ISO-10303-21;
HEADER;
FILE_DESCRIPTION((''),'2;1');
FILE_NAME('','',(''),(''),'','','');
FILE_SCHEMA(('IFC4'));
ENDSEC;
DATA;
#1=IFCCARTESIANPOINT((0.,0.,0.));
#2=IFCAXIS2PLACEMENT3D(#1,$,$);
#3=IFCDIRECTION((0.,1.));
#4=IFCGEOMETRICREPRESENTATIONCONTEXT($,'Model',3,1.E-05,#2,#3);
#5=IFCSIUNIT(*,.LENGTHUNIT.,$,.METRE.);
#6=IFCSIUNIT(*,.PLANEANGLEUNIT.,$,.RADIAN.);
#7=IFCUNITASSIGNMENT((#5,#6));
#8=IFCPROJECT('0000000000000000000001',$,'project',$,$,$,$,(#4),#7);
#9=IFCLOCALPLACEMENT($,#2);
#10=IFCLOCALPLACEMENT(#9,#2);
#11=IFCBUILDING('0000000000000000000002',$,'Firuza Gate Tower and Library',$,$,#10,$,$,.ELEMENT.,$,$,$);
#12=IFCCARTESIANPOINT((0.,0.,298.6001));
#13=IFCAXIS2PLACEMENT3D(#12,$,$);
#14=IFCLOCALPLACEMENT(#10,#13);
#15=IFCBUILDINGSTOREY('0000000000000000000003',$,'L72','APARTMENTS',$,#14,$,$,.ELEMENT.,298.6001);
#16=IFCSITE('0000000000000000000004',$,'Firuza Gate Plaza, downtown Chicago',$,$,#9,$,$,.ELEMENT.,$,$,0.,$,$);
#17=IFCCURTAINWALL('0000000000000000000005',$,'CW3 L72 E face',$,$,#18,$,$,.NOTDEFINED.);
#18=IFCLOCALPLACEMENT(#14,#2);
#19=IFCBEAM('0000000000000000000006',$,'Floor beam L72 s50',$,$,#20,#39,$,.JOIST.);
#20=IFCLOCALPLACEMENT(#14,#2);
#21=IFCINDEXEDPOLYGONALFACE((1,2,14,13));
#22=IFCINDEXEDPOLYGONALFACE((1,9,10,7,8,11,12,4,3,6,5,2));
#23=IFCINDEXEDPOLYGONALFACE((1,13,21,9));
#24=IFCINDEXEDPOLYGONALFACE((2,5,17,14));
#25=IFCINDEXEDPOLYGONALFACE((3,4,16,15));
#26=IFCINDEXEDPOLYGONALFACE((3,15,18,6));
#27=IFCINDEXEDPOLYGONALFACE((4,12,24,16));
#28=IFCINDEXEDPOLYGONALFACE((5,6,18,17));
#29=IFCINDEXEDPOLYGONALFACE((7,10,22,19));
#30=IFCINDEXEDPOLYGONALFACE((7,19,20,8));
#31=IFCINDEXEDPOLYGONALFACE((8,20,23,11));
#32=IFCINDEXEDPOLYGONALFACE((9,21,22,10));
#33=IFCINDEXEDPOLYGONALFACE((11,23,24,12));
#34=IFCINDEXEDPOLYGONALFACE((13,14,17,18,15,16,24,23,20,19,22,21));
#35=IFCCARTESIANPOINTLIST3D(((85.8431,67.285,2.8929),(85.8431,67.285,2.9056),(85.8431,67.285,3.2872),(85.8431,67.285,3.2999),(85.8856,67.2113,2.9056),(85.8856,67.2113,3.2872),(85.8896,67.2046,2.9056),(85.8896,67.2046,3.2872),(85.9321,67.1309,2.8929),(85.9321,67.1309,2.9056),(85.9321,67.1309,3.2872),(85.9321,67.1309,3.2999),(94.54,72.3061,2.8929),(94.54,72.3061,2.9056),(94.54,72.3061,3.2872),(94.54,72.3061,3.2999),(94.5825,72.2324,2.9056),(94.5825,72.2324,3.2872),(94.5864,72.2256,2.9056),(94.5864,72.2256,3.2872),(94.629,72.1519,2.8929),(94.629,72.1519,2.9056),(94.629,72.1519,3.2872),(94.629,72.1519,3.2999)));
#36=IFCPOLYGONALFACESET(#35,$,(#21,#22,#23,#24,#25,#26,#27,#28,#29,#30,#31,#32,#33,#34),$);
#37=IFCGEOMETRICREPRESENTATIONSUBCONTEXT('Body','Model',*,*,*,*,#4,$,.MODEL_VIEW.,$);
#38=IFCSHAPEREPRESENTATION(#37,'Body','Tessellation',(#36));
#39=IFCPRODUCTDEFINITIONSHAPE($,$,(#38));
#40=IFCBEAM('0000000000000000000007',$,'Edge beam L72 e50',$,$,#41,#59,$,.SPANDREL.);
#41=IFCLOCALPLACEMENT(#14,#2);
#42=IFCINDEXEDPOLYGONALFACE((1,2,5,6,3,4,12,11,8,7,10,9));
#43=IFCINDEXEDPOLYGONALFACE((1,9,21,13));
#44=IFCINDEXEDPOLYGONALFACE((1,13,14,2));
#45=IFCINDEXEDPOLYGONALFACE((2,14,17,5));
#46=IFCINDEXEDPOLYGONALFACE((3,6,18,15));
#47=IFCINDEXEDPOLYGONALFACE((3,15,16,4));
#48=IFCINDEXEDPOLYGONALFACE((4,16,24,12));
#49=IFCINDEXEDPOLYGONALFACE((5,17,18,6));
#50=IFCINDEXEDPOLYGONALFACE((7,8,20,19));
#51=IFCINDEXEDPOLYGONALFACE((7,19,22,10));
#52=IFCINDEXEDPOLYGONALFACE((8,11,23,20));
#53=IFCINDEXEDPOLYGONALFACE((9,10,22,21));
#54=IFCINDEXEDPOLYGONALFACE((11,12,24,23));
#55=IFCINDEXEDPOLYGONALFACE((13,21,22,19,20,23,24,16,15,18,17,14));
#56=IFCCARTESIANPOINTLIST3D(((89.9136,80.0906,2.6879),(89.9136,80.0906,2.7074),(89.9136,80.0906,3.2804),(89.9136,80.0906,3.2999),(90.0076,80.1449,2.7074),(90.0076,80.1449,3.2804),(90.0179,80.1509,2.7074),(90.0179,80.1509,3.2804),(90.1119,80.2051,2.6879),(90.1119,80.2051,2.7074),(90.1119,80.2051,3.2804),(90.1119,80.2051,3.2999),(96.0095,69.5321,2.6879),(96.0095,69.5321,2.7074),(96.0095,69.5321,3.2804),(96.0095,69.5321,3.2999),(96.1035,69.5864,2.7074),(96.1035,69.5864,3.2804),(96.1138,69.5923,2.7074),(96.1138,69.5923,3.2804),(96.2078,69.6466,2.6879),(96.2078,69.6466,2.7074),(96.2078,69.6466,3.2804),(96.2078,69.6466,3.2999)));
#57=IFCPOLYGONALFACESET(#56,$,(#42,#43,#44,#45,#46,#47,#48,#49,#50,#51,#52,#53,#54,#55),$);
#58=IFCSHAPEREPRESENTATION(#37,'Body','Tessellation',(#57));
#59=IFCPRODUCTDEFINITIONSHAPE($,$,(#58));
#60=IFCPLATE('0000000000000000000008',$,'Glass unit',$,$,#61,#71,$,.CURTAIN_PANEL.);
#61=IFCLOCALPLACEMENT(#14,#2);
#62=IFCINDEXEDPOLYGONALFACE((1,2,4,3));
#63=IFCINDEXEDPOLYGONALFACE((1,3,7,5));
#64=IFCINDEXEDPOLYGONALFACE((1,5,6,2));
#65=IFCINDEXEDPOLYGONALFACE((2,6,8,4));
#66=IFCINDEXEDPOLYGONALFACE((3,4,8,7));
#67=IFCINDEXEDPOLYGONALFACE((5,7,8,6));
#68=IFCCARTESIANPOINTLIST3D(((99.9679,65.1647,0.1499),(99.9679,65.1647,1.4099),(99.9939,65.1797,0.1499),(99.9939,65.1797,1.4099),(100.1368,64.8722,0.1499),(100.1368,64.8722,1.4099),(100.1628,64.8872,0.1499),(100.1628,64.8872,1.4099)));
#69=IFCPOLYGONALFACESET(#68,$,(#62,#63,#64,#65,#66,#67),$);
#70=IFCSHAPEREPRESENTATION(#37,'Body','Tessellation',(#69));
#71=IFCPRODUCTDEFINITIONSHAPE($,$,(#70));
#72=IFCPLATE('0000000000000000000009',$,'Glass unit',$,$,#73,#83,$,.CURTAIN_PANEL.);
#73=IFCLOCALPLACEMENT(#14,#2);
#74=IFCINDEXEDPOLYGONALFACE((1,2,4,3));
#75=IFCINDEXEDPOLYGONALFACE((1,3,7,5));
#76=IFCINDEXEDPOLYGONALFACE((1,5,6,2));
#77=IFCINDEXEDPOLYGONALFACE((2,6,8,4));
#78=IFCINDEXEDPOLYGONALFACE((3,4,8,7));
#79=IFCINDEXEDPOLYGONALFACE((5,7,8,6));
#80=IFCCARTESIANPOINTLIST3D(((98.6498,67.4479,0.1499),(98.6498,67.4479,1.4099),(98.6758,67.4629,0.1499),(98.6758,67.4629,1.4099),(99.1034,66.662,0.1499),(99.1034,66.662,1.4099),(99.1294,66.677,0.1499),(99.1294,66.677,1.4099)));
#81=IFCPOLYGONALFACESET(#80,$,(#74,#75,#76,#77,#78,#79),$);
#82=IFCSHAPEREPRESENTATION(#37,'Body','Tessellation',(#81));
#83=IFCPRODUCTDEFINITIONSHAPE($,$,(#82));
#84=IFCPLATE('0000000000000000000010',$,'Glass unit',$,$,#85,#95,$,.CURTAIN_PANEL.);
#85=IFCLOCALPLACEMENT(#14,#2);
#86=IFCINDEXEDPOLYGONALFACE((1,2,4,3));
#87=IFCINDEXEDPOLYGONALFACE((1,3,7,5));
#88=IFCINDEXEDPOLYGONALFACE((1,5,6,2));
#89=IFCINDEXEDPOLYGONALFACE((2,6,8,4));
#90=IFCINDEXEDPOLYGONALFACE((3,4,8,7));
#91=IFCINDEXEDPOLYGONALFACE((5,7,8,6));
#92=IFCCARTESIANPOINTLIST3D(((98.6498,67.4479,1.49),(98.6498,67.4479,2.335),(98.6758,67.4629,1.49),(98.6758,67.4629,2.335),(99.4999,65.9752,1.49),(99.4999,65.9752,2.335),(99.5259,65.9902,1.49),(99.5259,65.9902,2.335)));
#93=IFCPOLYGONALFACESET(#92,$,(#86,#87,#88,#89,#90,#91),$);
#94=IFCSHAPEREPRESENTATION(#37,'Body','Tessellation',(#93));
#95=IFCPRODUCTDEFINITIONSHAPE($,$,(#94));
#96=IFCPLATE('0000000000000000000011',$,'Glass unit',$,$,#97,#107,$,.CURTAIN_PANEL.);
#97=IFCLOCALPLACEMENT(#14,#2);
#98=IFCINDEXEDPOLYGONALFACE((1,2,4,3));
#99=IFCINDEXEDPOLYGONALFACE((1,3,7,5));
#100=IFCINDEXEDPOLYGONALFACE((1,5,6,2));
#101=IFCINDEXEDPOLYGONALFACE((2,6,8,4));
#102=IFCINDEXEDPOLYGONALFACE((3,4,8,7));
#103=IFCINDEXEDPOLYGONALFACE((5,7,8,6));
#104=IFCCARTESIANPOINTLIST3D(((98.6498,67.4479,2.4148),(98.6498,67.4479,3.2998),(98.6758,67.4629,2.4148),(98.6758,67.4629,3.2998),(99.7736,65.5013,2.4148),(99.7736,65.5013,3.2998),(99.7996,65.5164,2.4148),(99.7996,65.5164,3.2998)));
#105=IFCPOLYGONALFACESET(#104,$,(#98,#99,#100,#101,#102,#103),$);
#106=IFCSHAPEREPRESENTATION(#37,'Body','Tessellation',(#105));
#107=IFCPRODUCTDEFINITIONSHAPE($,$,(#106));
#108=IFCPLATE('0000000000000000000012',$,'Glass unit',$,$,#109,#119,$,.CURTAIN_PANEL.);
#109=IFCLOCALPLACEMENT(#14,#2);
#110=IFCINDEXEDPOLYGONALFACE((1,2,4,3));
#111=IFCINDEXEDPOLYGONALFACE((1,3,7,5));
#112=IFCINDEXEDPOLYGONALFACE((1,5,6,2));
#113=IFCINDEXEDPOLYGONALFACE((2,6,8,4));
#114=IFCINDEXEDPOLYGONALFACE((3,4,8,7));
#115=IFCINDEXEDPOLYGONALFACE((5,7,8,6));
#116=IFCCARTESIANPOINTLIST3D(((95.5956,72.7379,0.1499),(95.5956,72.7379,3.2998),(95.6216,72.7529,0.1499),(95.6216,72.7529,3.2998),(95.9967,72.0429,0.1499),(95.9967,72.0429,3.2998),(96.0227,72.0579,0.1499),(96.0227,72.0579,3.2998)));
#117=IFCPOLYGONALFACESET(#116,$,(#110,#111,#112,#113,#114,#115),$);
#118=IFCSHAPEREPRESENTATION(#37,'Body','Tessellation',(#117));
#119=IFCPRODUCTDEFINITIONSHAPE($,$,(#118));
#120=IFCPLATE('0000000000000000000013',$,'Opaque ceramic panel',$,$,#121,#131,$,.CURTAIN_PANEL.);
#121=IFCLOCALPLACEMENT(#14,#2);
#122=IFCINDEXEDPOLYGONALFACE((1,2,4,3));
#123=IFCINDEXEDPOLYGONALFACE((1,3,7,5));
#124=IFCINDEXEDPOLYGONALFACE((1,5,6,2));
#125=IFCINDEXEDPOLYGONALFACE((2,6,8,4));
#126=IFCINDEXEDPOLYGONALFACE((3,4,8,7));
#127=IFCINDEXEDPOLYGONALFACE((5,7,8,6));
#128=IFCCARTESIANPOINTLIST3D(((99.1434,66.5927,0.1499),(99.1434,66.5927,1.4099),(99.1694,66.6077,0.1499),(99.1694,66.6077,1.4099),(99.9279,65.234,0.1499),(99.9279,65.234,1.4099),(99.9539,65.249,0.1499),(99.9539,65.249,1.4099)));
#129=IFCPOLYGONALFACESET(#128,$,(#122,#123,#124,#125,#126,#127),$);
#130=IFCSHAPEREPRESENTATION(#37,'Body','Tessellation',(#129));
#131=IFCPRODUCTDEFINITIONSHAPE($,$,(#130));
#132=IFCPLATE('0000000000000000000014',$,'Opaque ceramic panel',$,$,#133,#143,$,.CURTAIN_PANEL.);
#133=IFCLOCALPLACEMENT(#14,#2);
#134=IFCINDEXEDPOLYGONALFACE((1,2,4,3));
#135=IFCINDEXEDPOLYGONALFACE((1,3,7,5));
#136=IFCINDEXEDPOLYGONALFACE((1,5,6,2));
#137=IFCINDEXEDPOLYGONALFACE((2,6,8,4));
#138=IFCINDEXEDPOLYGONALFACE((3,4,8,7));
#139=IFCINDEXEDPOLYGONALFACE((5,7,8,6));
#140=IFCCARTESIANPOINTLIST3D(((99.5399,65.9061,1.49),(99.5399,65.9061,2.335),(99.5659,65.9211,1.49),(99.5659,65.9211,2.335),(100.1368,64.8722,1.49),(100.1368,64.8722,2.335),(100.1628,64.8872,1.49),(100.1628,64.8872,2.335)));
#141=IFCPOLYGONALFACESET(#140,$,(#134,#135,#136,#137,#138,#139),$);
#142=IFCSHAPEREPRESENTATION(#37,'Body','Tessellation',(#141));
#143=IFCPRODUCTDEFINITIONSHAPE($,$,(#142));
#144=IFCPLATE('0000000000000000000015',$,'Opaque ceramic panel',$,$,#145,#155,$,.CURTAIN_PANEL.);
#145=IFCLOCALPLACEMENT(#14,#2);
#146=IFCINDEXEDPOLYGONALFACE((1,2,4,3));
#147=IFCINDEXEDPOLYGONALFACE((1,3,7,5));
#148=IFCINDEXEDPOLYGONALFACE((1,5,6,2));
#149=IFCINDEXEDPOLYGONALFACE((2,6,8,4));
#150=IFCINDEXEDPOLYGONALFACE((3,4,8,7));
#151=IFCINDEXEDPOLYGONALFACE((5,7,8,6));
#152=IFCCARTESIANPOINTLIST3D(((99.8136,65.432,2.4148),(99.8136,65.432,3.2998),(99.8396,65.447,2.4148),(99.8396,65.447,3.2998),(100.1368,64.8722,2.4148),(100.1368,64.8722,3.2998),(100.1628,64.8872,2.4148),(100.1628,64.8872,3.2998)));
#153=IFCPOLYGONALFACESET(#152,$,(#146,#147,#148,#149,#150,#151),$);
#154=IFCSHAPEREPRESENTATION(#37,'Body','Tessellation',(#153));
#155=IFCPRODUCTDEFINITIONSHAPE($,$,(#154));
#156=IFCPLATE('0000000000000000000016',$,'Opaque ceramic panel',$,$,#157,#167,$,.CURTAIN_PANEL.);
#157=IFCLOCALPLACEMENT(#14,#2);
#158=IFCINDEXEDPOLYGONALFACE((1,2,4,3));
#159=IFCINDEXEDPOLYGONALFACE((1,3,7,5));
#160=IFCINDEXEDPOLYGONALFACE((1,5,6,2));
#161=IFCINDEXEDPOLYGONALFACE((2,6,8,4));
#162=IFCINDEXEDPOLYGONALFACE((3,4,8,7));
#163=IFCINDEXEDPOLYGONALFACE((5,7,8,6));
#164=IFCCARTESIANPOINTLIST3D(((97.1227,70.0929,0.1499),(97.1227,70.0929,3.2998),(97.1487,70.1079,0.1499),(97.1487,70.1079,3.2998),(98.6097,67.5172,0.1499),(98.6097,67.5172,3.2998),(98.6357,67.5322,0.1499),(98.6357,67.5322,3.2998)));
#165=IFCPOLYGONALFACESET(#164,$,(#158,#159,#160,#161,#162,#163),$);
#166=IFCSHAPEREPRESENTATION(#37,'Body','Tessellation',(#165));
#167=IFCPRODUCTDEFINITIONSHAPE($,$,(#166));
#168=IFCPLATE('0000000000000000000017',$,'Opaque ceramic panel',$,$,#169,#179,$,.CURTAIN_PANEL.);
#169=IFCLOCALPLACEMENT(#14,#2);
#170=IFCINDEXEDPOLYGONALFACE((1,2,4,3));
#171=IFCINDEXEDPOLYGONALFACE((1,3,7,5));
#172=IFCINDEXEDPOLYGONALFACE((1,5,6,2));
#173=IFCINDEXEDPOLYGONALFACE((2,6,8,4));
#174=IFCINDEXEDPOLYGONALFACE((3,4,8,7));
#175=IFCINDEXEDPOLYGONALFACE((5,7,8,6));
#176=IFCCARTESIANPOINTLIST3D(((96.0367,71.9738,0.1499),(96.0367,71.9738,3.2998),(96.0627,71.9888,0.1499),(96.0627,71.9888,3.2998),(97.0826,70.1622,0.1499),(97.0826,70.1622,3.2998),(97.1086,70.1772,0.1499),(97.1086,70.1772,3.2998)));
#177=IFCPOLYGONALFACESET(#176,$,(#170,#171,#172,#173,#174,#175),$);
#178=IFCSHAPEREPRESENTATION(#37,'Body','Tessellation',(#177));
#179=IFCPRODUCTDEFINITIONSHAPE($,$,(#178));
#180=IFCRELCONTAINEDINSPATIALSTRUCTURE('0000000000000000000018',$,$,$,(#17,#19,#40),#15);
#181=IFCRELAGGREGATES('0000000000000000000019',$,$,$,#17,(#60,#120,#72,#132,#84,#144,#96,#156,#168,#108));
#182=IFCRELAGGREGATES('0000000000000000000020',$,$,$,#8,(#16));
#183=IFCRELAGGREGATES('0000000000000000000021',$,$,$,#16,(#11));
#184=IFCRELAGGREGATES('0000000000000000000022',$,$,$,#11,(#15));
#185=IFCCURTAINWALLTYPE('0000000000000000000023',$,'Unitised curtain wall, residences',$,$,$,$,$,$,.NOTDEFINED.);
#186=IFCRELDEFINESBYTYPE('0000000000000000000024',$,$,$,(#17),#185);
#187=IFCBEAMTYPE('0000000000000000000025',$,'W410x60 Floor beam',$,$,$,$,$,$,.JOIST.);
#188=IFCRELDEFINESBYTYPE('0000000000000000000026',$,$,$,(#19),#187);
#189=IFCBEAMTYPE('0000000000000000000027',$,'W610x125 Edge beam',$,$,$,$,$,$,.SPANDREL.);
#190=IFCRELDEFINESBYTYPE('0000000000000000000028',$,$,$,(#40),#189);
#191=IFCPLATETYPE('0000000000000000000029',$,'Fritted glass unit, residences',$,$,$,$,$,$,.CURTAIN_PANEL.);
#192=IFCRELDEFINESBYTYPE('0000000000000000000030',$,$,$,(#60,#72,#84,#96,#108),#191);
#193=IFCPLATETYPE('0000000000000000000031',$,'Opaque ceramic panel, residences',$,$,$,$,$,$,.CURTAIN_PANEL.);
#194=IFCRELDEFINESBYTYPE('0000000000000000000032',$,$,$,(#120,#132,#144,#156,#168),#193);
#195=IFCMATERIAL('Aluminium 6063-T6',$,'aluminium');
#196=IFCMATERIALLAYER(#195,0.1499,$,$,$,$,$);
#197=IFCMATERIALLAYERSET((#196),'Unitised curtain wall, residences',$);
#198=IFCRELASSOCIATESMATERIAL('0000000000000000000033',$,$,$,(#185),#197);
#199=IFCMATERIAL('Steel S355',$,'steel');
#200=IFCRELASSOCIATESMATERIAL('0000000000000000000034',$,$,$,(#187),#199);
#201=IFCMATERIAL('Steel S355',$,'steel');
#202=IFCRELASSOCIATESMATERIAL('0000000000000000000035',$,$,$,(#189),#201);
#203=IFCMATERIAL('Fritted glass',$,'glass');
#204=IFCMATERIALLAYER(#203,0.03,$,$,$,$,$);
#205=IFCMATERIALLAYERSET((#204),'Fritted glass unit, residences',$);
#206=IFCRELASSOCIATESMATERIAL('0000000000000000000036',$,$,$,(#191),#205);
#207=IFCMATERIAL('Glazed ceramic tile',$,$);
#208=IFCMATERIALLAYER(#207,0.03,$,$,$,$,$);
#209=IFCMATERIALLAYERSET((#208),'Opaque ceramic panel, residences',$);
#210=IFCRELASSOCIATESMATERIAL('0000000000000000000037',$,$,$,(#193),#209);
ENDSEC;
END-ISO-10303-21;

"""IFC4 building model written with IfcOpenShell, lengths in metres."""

from ifc_helpers import new_model, si_unit, direction, frame, origin, origin_2d, place, context, subcontext, project, spatial, polyline, i_section, outline, extrude, material, layer, layer_set, material_profile, profile_set, type_object, element, aggregate, save


model = new_model("IFC4")

# Units and contexts
model_context = context("Model", 3, precision=1e-05, world=origin(), true_north=direction((0.0, 1.0)))
body_context = subcontext(model_context, "Body", "Model", "MODEL_VIEW")
ifc_project = project(units=[si_unit("LENGTHUNIT", "METRE"), si_unit("PLANEANGLEUNIT", "RADIAN")], contexts=[model_context])

# Site, building, storey
site_placement = place(None, origin())
site = spatial("IfcSite", under=ifc_project, at=site_placement, Name="Firuza Gate Plaza, downtown Chicago", CompositionType="ELEMENT", RefElevation=0.0)
building_placement = place(site_placement, origin())
building = spatial("IfcBuilding", under=site, at=building_placement, Name="Firuza Gate Tower and Library", CompositionType="ELEMENT")
storey_placement = place(building_placement, frame((0.0, 0.0, 298.6001)))
storey = spatial("IfcBuildingStorey", under=building, at=storey_placement, Name="L72", Description="APARTMENTS", CompositionType="ELEMENT", Elevation=298.6001)

# Curtain wall
ifc_material_1 = material(Name="Aluminium 6063-T6", Category="aluminium")
ifc_layer_1 = layer(ifc_material_1, 0.1499)
ifc_layer_set_1 = layer_set([ifc_layer_1], Name="Unitised curtain wall, residences")
curtain_wall_type = type_object("IfcCurtainWallType", Name="Unitised curtain wall, residences", PredefinedType="NOTDEFINED", material=ifc_layer_set_1)
curtain_wall_placement = place(storey_placement, origin())
curtain_wall = element("IfcCurtainWall", 1, at=curtain_wall_placement, inside=storey, type_object=curtain_wall_type, Name="CW3 L72 E face", PredefinedType="NOTDEFINED")

# Beams
ifc_material_2 = material(Name="Steel S355", Category="steel")
ifc_material_profile_1 = material_profile(ifc_material_2, i_section(OverallWidth=0.178, OverallDepth=0.407, WebThickness=0.0078, FlangeThickness=0.0127, at=origin_2d()))
ifc_profile_set_1 = profile_set([ifc_material_profile_1], Name="Steel S355")
beam_type_1 = type_object("IfcBeamType", Name="W410x60 Floor beam", PredefinedType="JOIST", material=ifc_profile_set_1)
beam_1_placement = place(storey_placement, frame((94.5845, 72.229, 3.0964), z_axis=(-0.866029, -0.499993, 0.0), x_axis=(0.499993, -0.866029, 0.0)))
element("IfcBeam", 2, at=beam_1_placement, inside=storey, type_object=beam_type_1, Name="Floor beam L72 s50", PredefinedType="JOIST", context=body_context, shape_type="SweptSolid", body=[
    extrude(i_section(OverallWidth=0.178, OverallDepth=0.407, WebThickness=0.0078, FlangeThickness=0.0127, at=origin_2d()), origin(), (0.0, 0.0, 1.0), 10.0422),
])
ifc_material_3 = material(Name="Steel S355", Category="steel")
ifc_material_profile_2 = material_profile(ifc_material_3, i_section(OverallWidth=0.229, OverallDepth=0.6121, WebThickness=0.012, FlangeThickness=0.0195, at=origin_2d()))
ifc_profile_set_2 = profile_set([ifc_material_profile_2], Name="Steel S355")
beam_type_2 = type_object("IfcBeamType", Name="W610x125 Edge beam", PredefinedType="SPANDREL", material=ifc_profile_set_2)
beam_2_placement = place(storey_placement, frame((96.1086, 69.5894, 2.9939), z_axis=(-0.499996, 0.866028, 0.0), x_axis=(-0.866028, -0.499996, 0.0)))
element("IfcBeam", 3, at=beam_2_placement, inside=storey, type_object=beam_type_2, Name="Edge beam L72 e50", PredefinedType="SPANDREL", context=body_context, shape_type="SweptSolid", body=[
    extrude(i_section(OverallWidth=0.229, OverallDepth=0.6121, WebThickness=0.012, FlangeThickness=0.0195, at=origin_2d()), origin(), (0.0, 0.0, 1.0), 12.1919),
])

# Plates
ifc_material_4 = material(Name="Fritted glass", Category="glass")
ifc_layer_2 = layer(ifc_material_4, 0.03)
ifc_layer_set_2 = layer_set([ifc_layer_2], Name="Fritted glass unit, residences")
plate_type_1 = type_object("IfcPlateType", Name="Fritted glass unit, residences", PredefinedType="CURTAIN_PANEL", material=ifc_layer_set_2)
plate_1_placement = place(storey_placement, frame((100.1628, 64.8872, 0.1499), z_axis=(0.865921, 0.500181, 0.0), x_axis=(-0.500181, 0.865921, 0.0)))
plate_1 = element("IfcPlate", 4, at=plate_1_placement, type_object=plate_type_1, Name="Glass unit", PredefinedType="CURTAIN_PANEL", context=body_context, shape_type="SweptSolid", body=[
    extrude(outline(polyline([(0.0, 0.0), (0.3378, 0.0), (0.3378, 1.26), (0.0, 1.26), (0.0, 0.0)])), origin(), (0.0, 0.0, -1.0), 0.03),
])
plate_2_placement = place(storey_placement, frame((99.1294, 66.677, 0.1499), z_axis=(0.866083, 0.499901, 0.0), x_axis=(-0.499901, 0.866083, 0.0)))
plate_2 = element("IfcPlate", 5, at=plate_2_placement, type_object=plate_type_1, Name="Glass unit", PredefinedType="CURTAIN_PANEL", context=body_context, shape_type="SweptSolid", body=[
    extrude(outline(polyline([(0.0, 0.0), (0.9074, 0.0), (0.9074, 1.26), (0.0, 1.26), (0.0, 0.0)])), origin(), (0.0, 0.0, -1.0), 0.03),
])
plate_3_placement = place(storey_placement, frame((99.5259, 65.9902, 1.49), z_axis=(0.866061, 0.499938, 0.0), x_axis=(-0.499938, 0.866061, 0.0)))
plate_3 = element("IfcPlate", 6, at=plate_3_placement, type_object=plate_type_1, Name="Glass unit", PredefinedType="CURTAIN_PANEL", context=body_context, shape_type="SweptSolid", body=[
    extrude(outline(polyline([(0.0, 0.0), (1.7004, 0.0), (1.7004, 0.845), (0.0, 0.845), (0.0, 0.0)])), origin(), (0.0, 0.0, -1.0), 0.03),
])
plate_4_placement = place(storey_placement, frame((99.7996, 65.5164, 2.4148), z_axis=(0.866035, 0.499983, 0.0), x_axis=(-0.499983, 0.866035, 0.0)))
plate_4 = element("IfcPlate", 7, at=plate_4_placement, type_object=plate_type_1, Name="Glass unit", PredefinedType="CURTAIN_PANEL", context=body_context, shape_type="SweptSolid", body=[
    extrude(outline(polyline([(0.0, 0.0), (2.2476, 0.0), (2.2476, 0.885), (0.0, 0.885), (0.0, 0.0)])), origin(), (0.0, 0.0, -1.0), 0.03),
])
plate_5_placement = place(storey_placement, frame((96.0227, 72.0579, 0.1499), z_axis=(0.86612, 0.499837, 0.0), x_axis=(-0.499837, 0.86612, 0.0)))
plate_5 = element("IfcPlate", 8, at=plate_5_placement, type_object=plate_type_1, Name="Glass unit", PredefinedType="CURTAIN_PANEL", context=body_context, shape_type="SweptSolid", body=[
    extrude(outline(polyline([(0.0, 0.0), (0.8025, 0.0), (0.8025, 3.1499), (0.0, 3.1499), (0.0, 0.0)])), origin(), (0.0, 0.0, -1.0), 0.03),
])
ifc_material_5 = material(Name="Glazed ceramic tile")
ifc_layer_3 = layer(ifc_material_5, 0.03)
ifc_layer_set_3 = layer_set([ifc_layer_3], Name="Opaque ceramic panel, residences")
plate_type_2 = type_object("IfcPlateType", Name="Opaque ceramic panel, residences", PredefinedType="CURTAIN_PANEL", material=ifc_layer_set_3)
plate_6_placement = place(storey_placement, frame((99.9539, 65.249, 0.1499), z_axis=(0.866022, 0.500005, 0.0), x_axis=(-0.500005, 0.866022, 0.0)))
plate_6 = element("IfcPlate", 9, at=plate_6_placement, type_object=plate_type_2, Name="Opaque ceramic panel", PredefinedType="CURTAIN_PANEL", context=body_context, shape_type="SweptSolid", body=[
    extrude(outline(polyline([(0.0, 0.0), (1.5688, 0.0), (1.5688, 1.26), (0.0, 1.26), (0.0, 0.0)])), origin(), (0.0, 0.0, -1.0), 0.03),
])
plate_7_placement = place(storey_placement, frame((100.1628, 64.8872, 1.49), z_axis=(0.866032, 0.499988, 0.0), x_axis=(-0.499988, 0.866032, 0.0)))
plate_7 = element("IfcPlate", 10, at=plate_7_placement, type_object=plate_type_2, Name="Opaque ceramic panel", PredefinedType="CURTAIN_PANEL", context=body_context, shape_type="SweptSolid", body=[
    extrude(outline(polyline([(0.0, 0.0), (1.1939, 0.0), (1.1939, 0.845), (0.0, 0.845), (0.0, 0.0)])), origin(), (0.0, 0.0, -1.0), 0.03),
])
plate_8_placement = place(storey_placement, frame((100.1628, 64.8872, 2.4148), z_axis=(0.866003, 0.500038, 0.0), x_axis=(-0.500038, 0.866003, 0.0)))
plate_8 = element("IfcPlate", 11, at=plate_8_placement, type_object=plate_type_2, Name="Opaque ceramic panel", PredefinedType="CURTAIN_PANEL", context=body_context, shape_type="SweptSolid", body=[
    extrude(outline(polyline([(0.0, 0.0), (0.6464, 0.0), (0.6464, 0.885), (0.0, 0.885), (0.0, 0.0)])), origin(), (0.0, 0.0, -1.0), 0.03),
])
plate_9_placement = place(storey_placement, frame((98.6357, 67.5322, 0.1499), z_axis=(0.866027, 0.499997, 0.0), x_axis=(-0.499997, 0.866027, 0.0)))
plate_9 = element("IfcPlate", 12, at=plate_9_placement, type_object=plate_type_2, Name="Opaque ceramic panel", PredefinedType="CURTAIN_PANEL", context=body_context, shape_type="SweptSolid", body=[
    extrude(outline(polyline([(0.0, 0.0), (2.9741, 0.0), (2.9741, 3.1499), (0.0, 3.1499), (0.0, 0.0)])), origin(), (0.0, 0.0, -1.0), 0.03),
])
plate_10_placement = place(storey_placement, frame((97.1086, 70.1772, 0.1499), z_axis=(0.866022, 0.500005, 0.0), x_axis=(-0.500005, 0.866022, 0.0)))
plate_10 = element("IfcPlate", 13, at=plate_10_placement, type_object=plate_type_2, Name="Opaque ceramic panel", PredefinedType="CURTAIN_PANEL", context=body_context, shape_type="SweptSolid", body=[
    extrude(outline(polyline([(0.0, 0.0), (2.0918, 0.0), (2.0918, 3.1499), (0.0, 3.1499), (0.0, 0.0)])), origin(), (0.0, 0.0, -1.0), 0.03),
])
aggregate(curtain_wall, [plate_1, plate_6, plate_2, plate_7, plate_3, plate_8, plate_4, plate_9, plate_10, plate_5])

save(model, "model.ifc")
